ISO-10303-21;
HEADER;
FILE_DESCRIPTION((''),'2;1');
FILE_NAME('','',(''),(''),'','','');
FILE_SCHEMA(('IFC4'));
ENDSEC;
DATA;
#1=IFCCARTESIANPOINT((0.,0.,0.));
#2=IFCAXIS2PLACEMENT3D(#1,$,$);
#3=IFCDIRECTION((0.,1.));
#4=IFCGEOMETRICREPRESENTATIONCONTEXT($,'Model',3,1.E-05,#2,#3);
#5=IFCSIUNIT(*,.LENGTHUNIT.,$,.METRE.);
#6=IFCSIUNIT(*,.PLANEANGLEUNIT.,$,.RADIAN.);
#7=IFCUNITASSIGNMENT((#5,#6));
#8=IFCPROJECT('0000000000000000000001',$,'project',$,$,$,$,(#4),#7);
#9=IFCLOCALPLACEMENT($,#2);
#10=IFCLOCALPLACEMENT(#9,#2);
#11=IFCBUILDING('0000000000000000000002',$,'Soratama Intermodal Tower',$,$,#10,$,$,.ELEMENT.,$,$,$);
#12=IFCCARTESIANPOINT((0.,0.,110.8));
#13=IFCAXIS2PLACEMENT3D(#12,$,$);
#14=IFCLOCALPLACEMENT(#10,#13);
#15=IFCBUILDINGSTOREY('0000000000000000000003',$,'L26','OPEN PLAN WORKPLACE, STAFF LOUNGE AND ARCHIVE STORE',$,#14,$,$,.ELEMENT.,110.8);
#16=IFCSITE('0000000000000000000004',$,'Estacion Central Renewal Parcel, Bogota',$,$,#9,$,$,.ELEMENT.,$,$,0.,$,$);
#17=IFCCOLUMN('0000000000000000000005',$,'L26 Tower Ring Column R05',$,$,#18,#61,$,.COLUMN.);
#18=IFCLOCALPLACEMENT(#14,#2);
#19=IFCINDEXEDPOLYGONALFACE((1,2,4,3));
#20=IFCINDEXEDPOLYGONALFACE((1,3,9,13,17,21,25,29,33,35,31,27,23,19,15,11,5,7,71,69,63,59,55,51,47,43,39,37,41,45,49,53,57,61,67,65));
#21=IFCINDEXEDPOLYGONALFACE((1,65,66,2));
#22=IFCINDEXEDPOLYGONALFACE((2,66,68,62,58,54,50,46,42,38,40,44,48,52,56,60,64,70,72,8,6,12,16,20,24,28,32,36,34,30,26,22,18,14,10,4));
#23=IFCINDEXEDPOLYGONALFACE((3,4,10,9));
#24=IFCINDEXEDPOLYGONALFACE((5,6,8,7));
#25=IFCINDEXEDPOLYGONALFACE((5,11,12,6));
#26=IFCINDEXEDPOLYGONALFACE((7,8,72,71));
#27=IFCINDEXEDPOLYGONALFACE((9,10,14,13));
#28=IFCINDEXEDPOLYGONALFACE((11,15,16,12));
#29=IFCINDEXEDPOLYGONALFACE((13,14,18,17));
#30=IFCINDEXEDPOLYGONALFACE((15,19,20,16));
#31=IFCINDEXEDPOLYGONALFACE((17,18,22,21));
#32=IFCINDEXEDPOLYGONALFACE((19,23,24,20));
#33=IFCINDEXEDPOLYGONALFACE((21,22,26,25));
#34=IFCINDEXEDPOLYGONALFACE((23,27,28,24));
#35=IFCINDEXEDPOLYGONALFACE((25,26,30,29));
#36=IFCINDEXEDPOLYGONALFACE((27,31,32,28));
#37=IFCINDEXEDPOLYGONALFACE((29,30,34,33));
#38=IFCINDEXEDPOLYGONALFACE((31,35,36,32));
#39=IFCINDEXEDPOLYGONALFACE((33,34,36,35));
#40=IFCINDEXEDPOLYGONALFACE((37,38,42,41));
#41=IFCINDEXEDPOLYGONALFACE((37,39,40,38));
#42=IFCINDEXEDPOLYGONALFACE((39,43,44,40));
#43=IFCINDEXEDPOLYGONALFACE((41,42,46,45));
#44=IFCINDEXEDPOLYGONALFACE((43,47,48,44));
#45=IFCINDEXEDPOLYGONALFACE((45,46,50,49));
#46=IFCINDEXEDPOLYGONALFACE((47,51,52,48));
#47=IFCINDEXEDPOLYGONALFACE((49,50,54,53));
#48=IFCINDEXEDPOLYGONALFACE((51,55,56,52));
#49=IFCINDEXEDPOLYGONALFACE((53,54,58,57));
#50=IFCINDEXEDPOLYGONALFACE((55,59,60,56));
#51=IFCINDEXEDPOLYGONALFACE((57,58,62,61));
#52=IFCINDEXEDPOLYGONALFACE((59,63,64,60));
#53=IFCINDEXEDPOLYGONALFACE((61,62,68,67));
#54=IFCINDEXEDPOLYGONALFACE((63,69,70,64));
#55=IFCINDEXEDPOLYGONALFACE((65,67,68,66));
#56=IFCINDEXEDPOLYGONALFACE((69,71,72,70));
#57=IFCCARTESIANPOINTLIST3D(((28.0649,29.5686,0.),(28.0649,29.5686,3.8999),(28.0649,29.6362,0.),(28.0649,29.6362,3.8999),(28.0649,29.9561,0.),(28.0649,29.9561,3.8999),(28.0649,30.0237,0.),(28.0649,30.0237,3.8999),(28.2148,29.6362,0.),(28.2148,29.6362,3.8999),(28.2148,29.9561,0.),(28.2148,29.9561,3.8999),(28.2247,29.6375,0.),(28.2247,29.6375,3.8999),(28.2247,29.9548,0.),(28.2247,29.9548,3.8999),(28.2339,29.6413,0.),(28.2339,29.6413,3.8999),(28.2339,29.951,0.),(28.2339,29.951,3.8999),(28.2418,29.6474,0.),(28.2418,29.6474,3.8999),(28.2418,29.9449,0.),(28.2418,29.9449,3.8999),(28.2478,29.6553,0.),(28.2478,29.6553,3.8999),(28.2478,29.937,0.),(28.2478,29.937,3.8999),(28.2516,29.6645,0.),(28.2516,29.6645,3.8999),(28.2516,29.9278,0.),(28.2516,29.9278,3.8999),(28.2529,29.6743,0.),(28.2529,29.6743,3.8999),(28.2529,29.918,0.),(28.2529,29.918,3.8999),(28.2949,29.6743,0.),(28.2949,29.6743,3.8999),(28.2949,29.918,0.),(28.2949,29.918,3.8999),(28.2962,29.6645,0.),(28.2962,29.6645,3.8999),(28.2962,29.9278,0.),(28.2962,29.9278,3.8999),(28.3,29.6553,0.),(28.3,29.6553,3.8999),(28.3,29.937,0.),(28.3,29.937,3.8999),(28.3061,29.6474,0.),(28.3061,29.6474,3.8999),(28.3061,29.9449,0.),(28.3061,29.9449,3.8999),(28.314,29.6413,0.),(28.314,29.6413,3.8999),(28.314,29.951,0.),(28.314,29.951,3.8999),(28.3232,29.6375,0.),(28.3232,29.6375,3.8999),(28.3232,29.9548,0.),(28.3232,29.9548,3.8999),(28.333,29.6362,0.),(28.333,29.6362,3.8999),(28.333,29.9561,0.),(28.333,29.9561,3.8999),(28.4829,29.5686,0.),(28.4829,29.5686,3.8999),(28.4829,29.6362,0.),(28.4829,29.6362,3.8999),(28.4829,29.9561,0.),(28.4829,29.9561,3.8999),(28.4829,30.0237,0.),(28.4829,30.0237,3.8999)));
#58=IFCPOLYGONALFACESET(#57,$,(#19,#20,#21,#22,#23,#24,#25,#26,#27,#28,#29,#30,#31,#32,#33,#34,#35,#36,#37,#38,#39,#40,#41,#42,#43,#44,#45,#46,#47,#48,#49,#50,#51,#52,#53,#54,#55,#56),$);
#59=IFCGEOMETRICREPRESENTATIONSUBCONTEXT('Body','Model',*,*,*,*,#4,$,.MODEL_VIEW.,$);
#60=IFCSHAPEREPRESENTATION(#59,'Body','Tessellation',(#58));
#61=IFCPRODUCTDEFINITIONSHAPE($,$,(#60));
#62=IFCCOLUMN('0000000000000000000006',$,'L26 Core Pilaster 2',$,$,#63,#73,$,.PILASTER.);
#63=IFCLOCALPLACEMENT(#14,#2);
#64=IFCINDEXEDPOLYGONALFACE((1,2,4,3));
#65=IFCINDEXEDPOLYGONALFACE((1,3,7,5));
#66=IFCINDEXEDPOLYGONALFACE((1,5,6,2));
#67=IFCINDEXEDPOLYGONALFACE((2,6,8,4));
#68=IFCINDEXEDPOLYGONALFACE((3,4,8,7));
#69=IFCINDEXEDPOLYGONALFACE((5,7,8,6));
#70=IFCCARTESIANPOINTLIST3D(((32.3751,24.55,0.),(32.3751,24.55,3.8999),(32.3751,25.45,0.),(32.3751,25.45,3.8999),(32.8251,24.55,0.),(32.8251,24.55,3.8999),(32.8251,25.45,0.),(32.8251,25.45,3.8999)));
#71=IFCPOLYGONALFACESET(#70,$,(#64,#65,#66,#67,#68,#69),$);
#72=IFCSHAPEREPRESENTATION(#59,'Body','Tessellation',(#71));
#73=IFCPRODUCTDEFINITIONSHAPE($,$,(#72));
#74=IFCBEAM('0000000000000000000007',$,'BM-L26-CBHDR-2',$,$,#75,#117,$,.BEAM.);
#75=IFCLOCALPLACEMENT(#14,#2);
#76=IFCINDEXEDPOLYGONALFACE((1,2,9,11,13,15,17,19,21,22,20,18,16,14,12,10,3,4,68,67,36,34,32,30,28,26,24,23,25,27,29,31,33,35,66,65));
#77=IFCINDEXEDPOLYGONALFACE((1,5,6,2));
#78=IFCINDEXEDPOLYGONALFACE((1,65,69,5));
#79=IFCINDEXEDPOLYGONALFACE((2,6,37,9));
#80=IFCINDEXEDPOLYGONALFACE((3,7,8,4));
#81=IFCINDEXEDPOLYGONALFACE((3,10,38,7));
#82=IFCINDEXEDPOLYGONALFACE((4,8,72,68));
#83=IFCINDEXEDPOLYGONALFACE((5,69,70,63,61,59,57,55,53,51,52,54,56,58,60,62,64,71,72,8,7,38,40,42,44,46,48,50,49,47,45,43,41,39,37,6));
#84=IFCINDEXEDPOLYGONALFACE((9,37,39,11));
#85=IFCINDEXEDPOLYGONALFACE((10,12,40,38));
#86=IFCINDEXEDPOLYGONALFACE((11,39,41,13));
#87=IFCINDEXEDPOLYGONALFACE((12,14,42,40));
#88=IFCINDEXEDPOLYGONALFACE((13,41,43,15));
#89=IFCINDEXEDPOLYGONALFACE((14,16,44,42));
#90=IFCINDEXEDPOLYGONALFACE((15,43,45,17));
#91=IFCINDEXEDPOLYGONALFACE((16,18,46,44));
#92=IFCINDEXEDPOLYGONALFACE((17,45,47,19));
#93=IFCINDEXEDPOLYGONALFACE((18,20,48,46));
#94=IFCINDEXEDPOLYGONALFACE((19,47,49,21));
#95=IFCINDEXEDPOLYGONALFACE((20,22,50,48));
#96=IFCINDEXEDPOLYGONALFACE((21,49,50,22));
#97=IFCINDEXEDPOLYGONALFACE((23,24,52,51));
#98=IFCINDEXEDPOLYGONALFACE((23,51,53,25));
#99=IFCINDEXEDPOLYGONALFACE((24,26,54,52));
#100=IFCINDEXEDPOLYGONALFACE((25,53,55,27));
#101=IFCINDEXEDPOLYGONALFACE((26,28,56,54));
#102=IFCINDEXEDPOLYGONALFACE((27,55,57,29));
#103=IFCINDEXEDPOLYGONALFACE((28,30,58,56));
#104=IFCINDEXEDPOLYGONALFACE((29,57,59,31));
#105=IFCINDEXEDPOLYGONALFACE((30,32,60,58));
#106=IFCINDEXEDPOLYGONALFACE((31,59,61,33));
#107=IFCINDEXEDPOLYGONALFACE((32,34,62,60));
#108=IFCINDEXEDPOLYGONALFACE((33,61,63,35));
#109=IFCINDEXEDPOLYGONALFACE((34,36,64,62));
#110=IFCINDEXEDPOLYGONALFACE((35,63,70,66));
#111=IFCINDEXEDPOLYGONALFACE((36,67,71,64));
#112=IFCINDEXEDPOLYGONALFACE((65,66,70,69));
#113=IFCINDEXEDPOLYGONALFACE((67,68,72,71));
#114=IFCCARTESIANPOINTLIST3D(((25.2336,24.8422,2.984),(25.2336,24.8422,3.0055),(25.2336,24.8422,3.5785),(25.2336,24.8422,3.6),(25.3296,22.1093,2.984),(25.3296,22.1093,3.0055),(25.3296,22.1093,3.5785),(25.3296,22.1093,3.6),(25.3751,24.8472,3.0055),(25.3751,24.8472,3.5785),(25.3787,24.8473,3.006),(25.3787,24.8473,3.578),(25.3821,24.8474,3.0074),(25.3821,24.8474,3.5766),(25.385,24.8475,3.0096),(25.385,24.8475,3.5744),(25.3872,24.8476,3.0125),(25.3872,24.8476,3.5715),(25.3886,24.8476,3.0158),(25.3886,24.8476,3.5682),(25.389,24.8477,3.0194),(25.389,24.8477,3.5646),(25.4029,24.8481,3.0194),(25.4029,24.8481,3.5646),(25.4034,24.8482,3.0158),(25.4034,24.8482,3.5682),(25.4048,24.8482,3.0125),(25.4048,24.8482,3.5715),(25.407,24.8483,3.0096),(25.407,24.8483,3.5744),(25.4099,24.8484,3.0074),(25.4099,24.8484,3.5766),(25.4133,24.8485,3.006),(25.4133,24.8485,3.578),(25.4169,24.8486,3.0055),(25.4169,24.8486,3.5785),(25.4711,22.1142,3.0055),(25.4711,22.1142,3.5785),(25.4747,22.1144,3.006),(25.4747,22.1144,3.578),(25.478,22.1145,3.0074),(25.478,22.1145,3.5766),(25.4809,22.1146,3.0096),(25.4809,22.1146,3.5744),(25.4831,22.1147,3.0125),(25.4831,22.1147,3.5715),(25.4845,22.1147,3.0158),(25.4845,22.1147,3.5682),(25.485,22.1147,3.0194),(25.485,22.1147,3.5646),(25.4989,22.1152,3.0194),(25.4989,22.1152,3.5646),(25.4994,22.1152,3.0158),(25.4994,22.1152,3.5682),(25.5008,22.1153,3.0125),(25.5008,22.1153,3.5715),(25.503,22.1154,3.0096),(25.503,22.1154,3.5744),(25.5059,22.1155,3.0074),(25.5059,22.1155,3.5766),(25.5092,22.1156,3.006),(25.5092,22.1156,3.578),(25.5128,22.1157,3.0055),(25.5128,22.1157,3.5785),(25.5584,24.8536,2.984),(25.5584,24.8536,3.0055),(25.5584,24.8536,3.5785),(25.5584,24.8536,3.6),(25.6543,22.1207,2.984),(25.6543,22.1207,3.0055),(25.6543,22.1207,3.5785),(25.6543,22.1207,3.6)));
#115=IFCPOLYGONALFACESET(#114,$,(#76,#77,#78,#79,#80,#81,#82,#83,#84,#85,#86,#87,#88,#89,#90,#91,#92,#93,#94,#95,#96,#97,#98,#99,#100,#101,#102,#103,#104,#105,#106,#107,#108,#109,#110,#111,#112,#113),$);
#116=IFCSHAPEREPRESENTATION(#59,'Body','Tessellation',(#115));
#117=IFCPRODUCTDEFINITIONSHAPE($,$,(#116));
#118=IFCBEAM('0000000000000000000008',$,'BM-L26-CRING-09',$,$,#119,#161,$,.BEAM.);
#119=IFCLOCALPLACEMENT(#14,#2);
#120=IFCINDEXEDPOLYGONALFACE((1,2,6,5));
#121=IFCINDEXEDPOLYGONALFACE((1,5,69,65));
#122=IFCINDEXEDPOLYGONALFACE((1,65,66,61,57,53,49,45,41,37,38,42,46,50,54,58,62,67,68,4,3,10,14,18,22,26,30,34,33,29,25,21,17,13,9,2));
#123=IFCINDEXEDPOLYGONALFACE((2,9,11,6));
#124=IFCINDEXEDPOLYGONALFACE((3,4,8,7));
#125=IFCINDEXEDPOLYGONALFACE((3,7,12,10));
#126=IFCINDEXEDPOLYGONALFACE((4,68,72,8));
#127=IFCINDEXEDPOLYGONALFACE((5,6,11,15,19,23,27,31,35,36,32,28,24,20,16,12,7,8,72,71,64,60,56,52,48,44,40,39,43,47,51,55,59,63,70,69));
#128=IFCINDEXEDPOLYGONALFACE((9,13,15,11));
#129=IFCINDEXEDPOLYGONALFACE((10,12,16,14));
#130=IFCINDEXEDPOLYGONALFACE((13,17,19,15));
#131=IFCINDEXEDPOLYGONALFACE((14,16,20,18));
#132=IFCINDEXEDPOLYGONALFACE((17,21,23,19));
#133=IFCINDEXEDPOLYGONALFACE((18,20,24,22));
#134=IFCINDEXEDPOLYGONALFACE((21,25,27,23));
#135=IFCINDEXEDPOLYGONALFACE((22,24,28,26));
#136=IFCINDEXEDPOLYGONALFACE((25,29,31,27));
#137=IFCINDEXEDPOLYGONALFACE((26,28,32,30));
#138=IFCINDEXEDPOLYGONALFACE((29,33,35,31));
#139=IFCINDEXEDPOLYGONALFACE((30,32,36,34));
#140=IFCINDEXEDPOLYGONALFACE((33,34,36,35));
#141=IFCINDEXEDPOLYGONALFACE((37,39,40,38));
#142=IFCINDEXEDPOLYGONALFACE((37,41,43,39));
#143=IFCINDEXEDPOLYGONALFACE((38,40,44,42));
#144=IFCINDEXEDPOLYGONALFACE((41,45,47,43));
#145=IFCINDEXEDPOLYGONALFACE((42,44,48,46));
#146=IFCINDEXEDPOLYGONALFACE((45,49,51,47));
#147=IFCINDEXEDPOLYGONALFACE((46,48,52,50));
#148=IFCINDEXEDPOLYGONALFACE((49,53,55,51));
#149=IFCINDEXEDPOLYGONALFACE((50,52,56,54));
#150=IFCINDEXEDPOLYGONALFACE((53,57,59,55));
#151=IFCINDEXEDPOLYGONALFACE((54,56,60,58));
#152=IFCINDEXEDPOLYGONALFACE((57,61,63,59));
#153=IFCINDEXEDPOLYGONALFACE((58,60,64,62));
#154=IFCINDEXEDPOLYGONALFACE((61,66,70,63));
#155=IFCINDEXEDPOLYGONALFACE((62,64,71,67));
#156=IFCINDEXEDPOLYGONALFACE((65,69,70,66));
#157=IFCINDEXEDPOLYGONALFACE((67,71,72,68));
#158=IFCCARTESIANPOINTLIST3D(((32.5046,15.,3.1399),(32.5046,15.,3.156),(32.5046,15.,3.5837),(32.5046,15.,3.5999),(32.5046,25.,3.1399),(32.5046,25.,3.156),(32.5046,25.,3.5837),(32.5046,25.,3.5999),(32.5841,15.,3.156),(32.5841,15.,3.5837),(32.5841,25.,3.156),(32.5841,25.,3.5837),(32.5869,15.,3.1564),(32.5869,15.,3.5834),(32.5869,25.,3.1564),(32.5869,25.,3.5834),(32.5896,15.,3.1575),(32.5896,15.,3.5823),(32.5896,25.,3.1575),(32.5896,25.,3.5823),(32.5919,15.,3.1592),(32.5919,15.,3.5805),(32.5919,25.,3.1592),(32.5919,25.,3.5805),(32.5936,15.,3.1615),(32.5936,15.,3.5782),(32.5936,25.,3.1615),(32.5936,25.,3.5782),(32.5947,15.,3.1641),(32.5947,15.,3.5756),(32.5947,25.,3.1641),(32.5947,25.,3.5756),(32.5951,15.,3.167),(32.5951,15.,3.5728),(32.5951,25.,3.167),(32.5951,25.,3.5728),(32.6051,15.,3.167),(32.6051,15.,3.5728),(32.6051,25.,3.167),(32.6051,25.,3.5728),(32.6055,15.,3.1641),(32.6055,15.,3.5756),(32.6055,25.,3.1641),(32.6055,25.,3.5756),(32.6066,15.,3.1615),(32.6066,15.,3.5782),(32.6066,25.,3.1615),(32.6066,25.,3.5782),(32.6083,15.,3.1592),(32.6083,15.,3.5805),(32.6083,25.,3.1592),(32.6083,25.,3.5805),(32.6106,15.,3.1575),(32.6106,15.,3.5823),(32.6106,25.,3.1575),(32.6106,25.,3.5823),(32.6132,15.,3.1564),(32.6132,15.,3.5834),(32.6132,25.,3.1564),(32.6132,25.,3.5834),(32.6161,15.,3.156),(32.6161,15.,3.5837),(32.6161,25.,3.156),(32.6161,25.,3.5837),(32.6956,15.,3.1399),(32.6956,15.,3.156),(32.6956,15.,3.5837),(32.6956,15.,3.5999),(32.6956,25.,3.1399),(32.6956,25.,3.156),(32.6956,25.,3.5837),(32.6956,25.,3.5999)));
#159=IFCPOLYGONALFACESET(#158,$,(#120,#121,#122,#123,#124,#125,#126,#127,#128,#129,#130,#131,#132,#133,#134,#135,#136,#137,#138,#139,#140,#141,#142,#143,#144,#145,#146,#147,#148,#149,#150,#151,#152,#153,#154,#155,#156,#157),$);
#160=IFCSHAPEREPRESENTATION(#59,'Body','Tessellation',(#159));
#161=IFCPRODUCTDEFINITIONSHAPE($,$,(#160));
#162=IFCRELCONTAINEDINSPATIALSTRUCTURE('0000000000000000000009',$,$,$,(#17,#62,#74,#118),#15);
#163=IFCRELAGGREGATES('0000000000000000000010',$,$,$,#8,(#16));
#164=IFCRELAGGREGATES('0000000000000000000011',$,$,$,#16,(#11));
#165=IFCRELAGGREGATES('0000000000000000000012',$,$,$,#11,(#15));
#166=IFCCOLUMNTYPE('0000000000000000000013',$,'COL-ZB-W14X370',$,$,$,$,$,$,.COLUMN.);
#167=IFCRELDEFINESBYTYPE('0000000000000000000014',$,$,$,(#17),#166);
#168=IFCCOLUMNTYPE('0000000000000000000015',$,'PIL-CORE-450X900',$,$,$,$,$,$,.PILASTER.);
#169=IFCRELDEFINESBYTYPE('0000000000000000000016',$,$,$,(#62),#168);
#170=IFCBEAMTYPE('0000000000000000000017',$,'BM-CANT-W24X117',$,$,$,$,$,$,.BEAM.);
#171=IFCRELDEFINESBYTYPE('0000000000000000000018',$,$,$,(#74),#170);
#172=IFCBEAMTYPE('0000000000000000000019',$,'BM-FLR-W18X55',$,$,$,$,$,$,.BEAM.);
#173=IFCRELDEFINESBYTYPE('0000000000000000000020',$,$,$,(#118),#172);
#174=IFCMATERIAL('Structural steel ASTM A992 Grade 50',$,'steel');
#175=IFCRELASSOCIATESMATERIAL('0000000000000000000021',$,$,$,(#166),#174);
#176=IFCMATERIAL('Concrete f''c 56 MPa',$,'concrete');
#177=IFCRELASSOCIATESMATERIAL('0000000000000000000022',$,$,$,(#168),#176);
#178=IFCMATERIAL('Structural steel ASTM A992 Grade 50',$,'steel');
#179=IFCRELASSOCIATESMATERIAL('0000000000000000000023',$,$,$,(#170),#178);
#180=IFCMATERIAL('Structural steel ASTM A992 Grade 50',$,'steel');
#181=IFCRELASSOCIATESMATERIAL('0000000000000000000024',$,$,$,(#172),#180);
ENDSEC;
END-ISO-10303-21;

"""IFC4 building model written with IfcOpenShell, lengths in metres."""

from ifc_helpers import new_model, si_unit, direction, frame, origin, origin_2d, place, context, subcontext, project, spatial, rectangle, i_section, extrude, material, material_profile, profile_set, type_object, element, save


model = new_model("IFC4")

# Units and contexts
model_context = context("Model", 3, precision=1e-05, world=origin(), true_north=direction((0.0, 1.0)))
body_context = subcontext(model_context, "Body", "Model", "MODEL_VIEW")
ifc_project = project(units=[si_unit("LENGTHUNIT", "METRE"), si_unit("PLANEANGLEUNIT", "RADIAN")], contexts=[model_context])

# Site, building, storey
site_placement = place(None, origin())
site = spatial("IfcSite", under=ifc_project, at=site_placement, Name="Estacion Central Renewal Parcel, Bogota", CompositionType="ELEMENT", RefElevation=0.0)
building_placement = place(site_placement, origin())
building = spatial("IfcBuilding", under=site, at=building_placement, Name="Soratama Intermodal Tower", CompositionType="ELEMENT")
storey_placement = place(building_placement, frame((0.0, 0.0, 110.8)))
storey = spatial("IfcBuildingStorey", under=building, at=storey_placement, Name="L26", Description="OPEN PLAN WORKPLACE, STAFF LOUNGE AND ARCHIVE STORE", CompositionType="ELEMENT", Elevation=110.8)

# Columns
ifc_material_1 = material(Name="Structural steel ASTM A992 Grade 50", Category="steel")
ifc_material_profile_1 = material_profile(ifc_material_1, i_section(OverallWidth=0.418, OverallDepth=0.4551, WebThickness=0.042, FlangeThickness=0.0676, FilletRadius=0.0381, at=origin_2d()), Name="W14X370")
ifc_profile_set_1 = profile_set([ifc_material_profile_1], Name="Structural steel ASTM A992 Grade 50")
column_type_1 = type_object("IfcColumnType", Name="COL-ZB-W14X370", PredefinedType="COLUMN", material=ifc_profile_set_1)
column_1_placement = place(storey_placement, frame((28.2739, 29.7961, 0.0), z_axis=(0.0, 0.0, 1.0), x_axis=(1.0, 0.0, 0.0)))
element("IfcColumn", 1, at=column_1_placement, inside=storey, type_object=column_type_1, Name="L26 Tower Ring Column R05", PredefinedType="COLUMN", context=body_context, shape_type="SweptSolid", body=[
    extrude(i_section(OverallWidth=0.418, OverallDepth=0.4551, WebThickness=0.042, FlangeThickness=0.0676, FilletRadius=0.0381, at=origin_2d()), origin(), (0.0, 0.0, 1.0), 3.8999),
])
ifc_material_2 = material(Name="Concrete f'c 56 MPa", Category="concrete")
ifc_material_profile_2 = material_profile(ifc_material_2, rectangle(XDim=0.45, YDim=0.8999, at=origin_2d()), Name="RC450X900")
ifc_profile_set_2 = profile_set([ifc_material_profile_2], Name="Concrete f'c 56 MPa")
column_type_2 = type_object("IfcColumnType", Name="PIL-CORE-450X900", PredefinedType="PILASTER", material=ifc_profile_set_2)
column_2_placement = place(storey_placement, frame((32.6001, 25.0, 0.0), z_axis=(0.0, 0.0, 1.0), x_axis=(1.0, 0.0, 0.0)))
element("IfcColumn", 2, at=column_2_placement, inside=storey, type_object=column_type_2, Name="L26 Core Pilaster 2", PredefinedType="PILASTER", context=body_context, shape_type="SweptSolid", body=[
    extrude(rectangle(XDim=0.45, YDim=0.8999, at=origin_2d()), origin(), (0.0, 0.0, 1.0), 3.8999),
])

# Beams
ifc_material_3 = material(Name="Structural steel ASTM A992 Grade 50", Category="steel")
ifc_material_profile_3 = material_profile(ifc_material_3, i_section(OverallWidth=0.325, OverallDepth=0.616, WebThickness=0.0139, FlangeThickness=0.0215, FilletRadius=0.0139, at=origin_2d()), Name="W24X117")
ifc_profile_set_3 = profile_set([ifc_material_profile_3], Name="Structural steel ASTM A992 Grade 50")
beam_type_1 = type_object("IfcBeamType", Name="BM-CANT-W24X117", PredefinedType="BEAM", material=ifc_profile_set_3)
beam_1_placement = place(storey_placement, frame((25.396, 24.8479, 3.292), z_axis=(0.035086, -0.999384, 0.0), x_axis=(0.999384, 0.035086, 0.0)))
element("IfcBeam", 3, at=beam_1_placement, inside=storey, type_object=beam_type_1, Name="BM-L26-CBHDR-2", PredefinedType="BEAM", context=body_context, shape_type="SweptSolid", body=[
    extrude(i_section(OverallWidth=0.325, OverallDepth=0.616, WebThickness=0.0139, FlangeThickness=0.0215, FilletRadius=0.0139, at=origin_2d()), origin(), (0.0, 0.0, 1.0), 2.7346),
])
ifc_material_4 = material(Name="Structural steel ASTM A992 Grade 50", Category="steel")
ifc_material_profile_4 = material_profile(ifc_material_4, i_section(OverallWidth=0.1909, OverallDepth=0.46, WebThickness=0.01, FlangeThickness=0.0161, FilletRadius=0.011, at=origin_2d()), Name="W18X55")
ifc_profile_set_4 = profile_set([ifc_material_profile_4], Name="Structural steel ASTM A992 Grade 50")
beam_type_2 = type_object("IfcBeamType", Name="BM-FLR-W18X55", PredefinedType="BEAM", material=ifc_profile_set_4)
beam_2_placement = place(storey_placement, frame((32.6001, 25.0, 3.3699), z_axis=(0.0, -1.0, 0.0), x_axis=(1.0, 0.0, 0.0)))
element("IfcBeam", 4, at=beam_2_placement, inside=storey, type_object=beam_type_2, Name="BM-L26-CRING-09", PredefinedType="BEAM", context=body_context, shape_type="SweptSolid", body=[
    extrude(i_section(OverallWidth=0.1909, OverallDepth=0.46, WebThickness=0.01, FlangeThickness=0.0161, FilletRadius=0.011, at=origin_2d()), origin(), (0.0, 0.0, 1.0), 10.0),
])

save(model, "model.ifc")
